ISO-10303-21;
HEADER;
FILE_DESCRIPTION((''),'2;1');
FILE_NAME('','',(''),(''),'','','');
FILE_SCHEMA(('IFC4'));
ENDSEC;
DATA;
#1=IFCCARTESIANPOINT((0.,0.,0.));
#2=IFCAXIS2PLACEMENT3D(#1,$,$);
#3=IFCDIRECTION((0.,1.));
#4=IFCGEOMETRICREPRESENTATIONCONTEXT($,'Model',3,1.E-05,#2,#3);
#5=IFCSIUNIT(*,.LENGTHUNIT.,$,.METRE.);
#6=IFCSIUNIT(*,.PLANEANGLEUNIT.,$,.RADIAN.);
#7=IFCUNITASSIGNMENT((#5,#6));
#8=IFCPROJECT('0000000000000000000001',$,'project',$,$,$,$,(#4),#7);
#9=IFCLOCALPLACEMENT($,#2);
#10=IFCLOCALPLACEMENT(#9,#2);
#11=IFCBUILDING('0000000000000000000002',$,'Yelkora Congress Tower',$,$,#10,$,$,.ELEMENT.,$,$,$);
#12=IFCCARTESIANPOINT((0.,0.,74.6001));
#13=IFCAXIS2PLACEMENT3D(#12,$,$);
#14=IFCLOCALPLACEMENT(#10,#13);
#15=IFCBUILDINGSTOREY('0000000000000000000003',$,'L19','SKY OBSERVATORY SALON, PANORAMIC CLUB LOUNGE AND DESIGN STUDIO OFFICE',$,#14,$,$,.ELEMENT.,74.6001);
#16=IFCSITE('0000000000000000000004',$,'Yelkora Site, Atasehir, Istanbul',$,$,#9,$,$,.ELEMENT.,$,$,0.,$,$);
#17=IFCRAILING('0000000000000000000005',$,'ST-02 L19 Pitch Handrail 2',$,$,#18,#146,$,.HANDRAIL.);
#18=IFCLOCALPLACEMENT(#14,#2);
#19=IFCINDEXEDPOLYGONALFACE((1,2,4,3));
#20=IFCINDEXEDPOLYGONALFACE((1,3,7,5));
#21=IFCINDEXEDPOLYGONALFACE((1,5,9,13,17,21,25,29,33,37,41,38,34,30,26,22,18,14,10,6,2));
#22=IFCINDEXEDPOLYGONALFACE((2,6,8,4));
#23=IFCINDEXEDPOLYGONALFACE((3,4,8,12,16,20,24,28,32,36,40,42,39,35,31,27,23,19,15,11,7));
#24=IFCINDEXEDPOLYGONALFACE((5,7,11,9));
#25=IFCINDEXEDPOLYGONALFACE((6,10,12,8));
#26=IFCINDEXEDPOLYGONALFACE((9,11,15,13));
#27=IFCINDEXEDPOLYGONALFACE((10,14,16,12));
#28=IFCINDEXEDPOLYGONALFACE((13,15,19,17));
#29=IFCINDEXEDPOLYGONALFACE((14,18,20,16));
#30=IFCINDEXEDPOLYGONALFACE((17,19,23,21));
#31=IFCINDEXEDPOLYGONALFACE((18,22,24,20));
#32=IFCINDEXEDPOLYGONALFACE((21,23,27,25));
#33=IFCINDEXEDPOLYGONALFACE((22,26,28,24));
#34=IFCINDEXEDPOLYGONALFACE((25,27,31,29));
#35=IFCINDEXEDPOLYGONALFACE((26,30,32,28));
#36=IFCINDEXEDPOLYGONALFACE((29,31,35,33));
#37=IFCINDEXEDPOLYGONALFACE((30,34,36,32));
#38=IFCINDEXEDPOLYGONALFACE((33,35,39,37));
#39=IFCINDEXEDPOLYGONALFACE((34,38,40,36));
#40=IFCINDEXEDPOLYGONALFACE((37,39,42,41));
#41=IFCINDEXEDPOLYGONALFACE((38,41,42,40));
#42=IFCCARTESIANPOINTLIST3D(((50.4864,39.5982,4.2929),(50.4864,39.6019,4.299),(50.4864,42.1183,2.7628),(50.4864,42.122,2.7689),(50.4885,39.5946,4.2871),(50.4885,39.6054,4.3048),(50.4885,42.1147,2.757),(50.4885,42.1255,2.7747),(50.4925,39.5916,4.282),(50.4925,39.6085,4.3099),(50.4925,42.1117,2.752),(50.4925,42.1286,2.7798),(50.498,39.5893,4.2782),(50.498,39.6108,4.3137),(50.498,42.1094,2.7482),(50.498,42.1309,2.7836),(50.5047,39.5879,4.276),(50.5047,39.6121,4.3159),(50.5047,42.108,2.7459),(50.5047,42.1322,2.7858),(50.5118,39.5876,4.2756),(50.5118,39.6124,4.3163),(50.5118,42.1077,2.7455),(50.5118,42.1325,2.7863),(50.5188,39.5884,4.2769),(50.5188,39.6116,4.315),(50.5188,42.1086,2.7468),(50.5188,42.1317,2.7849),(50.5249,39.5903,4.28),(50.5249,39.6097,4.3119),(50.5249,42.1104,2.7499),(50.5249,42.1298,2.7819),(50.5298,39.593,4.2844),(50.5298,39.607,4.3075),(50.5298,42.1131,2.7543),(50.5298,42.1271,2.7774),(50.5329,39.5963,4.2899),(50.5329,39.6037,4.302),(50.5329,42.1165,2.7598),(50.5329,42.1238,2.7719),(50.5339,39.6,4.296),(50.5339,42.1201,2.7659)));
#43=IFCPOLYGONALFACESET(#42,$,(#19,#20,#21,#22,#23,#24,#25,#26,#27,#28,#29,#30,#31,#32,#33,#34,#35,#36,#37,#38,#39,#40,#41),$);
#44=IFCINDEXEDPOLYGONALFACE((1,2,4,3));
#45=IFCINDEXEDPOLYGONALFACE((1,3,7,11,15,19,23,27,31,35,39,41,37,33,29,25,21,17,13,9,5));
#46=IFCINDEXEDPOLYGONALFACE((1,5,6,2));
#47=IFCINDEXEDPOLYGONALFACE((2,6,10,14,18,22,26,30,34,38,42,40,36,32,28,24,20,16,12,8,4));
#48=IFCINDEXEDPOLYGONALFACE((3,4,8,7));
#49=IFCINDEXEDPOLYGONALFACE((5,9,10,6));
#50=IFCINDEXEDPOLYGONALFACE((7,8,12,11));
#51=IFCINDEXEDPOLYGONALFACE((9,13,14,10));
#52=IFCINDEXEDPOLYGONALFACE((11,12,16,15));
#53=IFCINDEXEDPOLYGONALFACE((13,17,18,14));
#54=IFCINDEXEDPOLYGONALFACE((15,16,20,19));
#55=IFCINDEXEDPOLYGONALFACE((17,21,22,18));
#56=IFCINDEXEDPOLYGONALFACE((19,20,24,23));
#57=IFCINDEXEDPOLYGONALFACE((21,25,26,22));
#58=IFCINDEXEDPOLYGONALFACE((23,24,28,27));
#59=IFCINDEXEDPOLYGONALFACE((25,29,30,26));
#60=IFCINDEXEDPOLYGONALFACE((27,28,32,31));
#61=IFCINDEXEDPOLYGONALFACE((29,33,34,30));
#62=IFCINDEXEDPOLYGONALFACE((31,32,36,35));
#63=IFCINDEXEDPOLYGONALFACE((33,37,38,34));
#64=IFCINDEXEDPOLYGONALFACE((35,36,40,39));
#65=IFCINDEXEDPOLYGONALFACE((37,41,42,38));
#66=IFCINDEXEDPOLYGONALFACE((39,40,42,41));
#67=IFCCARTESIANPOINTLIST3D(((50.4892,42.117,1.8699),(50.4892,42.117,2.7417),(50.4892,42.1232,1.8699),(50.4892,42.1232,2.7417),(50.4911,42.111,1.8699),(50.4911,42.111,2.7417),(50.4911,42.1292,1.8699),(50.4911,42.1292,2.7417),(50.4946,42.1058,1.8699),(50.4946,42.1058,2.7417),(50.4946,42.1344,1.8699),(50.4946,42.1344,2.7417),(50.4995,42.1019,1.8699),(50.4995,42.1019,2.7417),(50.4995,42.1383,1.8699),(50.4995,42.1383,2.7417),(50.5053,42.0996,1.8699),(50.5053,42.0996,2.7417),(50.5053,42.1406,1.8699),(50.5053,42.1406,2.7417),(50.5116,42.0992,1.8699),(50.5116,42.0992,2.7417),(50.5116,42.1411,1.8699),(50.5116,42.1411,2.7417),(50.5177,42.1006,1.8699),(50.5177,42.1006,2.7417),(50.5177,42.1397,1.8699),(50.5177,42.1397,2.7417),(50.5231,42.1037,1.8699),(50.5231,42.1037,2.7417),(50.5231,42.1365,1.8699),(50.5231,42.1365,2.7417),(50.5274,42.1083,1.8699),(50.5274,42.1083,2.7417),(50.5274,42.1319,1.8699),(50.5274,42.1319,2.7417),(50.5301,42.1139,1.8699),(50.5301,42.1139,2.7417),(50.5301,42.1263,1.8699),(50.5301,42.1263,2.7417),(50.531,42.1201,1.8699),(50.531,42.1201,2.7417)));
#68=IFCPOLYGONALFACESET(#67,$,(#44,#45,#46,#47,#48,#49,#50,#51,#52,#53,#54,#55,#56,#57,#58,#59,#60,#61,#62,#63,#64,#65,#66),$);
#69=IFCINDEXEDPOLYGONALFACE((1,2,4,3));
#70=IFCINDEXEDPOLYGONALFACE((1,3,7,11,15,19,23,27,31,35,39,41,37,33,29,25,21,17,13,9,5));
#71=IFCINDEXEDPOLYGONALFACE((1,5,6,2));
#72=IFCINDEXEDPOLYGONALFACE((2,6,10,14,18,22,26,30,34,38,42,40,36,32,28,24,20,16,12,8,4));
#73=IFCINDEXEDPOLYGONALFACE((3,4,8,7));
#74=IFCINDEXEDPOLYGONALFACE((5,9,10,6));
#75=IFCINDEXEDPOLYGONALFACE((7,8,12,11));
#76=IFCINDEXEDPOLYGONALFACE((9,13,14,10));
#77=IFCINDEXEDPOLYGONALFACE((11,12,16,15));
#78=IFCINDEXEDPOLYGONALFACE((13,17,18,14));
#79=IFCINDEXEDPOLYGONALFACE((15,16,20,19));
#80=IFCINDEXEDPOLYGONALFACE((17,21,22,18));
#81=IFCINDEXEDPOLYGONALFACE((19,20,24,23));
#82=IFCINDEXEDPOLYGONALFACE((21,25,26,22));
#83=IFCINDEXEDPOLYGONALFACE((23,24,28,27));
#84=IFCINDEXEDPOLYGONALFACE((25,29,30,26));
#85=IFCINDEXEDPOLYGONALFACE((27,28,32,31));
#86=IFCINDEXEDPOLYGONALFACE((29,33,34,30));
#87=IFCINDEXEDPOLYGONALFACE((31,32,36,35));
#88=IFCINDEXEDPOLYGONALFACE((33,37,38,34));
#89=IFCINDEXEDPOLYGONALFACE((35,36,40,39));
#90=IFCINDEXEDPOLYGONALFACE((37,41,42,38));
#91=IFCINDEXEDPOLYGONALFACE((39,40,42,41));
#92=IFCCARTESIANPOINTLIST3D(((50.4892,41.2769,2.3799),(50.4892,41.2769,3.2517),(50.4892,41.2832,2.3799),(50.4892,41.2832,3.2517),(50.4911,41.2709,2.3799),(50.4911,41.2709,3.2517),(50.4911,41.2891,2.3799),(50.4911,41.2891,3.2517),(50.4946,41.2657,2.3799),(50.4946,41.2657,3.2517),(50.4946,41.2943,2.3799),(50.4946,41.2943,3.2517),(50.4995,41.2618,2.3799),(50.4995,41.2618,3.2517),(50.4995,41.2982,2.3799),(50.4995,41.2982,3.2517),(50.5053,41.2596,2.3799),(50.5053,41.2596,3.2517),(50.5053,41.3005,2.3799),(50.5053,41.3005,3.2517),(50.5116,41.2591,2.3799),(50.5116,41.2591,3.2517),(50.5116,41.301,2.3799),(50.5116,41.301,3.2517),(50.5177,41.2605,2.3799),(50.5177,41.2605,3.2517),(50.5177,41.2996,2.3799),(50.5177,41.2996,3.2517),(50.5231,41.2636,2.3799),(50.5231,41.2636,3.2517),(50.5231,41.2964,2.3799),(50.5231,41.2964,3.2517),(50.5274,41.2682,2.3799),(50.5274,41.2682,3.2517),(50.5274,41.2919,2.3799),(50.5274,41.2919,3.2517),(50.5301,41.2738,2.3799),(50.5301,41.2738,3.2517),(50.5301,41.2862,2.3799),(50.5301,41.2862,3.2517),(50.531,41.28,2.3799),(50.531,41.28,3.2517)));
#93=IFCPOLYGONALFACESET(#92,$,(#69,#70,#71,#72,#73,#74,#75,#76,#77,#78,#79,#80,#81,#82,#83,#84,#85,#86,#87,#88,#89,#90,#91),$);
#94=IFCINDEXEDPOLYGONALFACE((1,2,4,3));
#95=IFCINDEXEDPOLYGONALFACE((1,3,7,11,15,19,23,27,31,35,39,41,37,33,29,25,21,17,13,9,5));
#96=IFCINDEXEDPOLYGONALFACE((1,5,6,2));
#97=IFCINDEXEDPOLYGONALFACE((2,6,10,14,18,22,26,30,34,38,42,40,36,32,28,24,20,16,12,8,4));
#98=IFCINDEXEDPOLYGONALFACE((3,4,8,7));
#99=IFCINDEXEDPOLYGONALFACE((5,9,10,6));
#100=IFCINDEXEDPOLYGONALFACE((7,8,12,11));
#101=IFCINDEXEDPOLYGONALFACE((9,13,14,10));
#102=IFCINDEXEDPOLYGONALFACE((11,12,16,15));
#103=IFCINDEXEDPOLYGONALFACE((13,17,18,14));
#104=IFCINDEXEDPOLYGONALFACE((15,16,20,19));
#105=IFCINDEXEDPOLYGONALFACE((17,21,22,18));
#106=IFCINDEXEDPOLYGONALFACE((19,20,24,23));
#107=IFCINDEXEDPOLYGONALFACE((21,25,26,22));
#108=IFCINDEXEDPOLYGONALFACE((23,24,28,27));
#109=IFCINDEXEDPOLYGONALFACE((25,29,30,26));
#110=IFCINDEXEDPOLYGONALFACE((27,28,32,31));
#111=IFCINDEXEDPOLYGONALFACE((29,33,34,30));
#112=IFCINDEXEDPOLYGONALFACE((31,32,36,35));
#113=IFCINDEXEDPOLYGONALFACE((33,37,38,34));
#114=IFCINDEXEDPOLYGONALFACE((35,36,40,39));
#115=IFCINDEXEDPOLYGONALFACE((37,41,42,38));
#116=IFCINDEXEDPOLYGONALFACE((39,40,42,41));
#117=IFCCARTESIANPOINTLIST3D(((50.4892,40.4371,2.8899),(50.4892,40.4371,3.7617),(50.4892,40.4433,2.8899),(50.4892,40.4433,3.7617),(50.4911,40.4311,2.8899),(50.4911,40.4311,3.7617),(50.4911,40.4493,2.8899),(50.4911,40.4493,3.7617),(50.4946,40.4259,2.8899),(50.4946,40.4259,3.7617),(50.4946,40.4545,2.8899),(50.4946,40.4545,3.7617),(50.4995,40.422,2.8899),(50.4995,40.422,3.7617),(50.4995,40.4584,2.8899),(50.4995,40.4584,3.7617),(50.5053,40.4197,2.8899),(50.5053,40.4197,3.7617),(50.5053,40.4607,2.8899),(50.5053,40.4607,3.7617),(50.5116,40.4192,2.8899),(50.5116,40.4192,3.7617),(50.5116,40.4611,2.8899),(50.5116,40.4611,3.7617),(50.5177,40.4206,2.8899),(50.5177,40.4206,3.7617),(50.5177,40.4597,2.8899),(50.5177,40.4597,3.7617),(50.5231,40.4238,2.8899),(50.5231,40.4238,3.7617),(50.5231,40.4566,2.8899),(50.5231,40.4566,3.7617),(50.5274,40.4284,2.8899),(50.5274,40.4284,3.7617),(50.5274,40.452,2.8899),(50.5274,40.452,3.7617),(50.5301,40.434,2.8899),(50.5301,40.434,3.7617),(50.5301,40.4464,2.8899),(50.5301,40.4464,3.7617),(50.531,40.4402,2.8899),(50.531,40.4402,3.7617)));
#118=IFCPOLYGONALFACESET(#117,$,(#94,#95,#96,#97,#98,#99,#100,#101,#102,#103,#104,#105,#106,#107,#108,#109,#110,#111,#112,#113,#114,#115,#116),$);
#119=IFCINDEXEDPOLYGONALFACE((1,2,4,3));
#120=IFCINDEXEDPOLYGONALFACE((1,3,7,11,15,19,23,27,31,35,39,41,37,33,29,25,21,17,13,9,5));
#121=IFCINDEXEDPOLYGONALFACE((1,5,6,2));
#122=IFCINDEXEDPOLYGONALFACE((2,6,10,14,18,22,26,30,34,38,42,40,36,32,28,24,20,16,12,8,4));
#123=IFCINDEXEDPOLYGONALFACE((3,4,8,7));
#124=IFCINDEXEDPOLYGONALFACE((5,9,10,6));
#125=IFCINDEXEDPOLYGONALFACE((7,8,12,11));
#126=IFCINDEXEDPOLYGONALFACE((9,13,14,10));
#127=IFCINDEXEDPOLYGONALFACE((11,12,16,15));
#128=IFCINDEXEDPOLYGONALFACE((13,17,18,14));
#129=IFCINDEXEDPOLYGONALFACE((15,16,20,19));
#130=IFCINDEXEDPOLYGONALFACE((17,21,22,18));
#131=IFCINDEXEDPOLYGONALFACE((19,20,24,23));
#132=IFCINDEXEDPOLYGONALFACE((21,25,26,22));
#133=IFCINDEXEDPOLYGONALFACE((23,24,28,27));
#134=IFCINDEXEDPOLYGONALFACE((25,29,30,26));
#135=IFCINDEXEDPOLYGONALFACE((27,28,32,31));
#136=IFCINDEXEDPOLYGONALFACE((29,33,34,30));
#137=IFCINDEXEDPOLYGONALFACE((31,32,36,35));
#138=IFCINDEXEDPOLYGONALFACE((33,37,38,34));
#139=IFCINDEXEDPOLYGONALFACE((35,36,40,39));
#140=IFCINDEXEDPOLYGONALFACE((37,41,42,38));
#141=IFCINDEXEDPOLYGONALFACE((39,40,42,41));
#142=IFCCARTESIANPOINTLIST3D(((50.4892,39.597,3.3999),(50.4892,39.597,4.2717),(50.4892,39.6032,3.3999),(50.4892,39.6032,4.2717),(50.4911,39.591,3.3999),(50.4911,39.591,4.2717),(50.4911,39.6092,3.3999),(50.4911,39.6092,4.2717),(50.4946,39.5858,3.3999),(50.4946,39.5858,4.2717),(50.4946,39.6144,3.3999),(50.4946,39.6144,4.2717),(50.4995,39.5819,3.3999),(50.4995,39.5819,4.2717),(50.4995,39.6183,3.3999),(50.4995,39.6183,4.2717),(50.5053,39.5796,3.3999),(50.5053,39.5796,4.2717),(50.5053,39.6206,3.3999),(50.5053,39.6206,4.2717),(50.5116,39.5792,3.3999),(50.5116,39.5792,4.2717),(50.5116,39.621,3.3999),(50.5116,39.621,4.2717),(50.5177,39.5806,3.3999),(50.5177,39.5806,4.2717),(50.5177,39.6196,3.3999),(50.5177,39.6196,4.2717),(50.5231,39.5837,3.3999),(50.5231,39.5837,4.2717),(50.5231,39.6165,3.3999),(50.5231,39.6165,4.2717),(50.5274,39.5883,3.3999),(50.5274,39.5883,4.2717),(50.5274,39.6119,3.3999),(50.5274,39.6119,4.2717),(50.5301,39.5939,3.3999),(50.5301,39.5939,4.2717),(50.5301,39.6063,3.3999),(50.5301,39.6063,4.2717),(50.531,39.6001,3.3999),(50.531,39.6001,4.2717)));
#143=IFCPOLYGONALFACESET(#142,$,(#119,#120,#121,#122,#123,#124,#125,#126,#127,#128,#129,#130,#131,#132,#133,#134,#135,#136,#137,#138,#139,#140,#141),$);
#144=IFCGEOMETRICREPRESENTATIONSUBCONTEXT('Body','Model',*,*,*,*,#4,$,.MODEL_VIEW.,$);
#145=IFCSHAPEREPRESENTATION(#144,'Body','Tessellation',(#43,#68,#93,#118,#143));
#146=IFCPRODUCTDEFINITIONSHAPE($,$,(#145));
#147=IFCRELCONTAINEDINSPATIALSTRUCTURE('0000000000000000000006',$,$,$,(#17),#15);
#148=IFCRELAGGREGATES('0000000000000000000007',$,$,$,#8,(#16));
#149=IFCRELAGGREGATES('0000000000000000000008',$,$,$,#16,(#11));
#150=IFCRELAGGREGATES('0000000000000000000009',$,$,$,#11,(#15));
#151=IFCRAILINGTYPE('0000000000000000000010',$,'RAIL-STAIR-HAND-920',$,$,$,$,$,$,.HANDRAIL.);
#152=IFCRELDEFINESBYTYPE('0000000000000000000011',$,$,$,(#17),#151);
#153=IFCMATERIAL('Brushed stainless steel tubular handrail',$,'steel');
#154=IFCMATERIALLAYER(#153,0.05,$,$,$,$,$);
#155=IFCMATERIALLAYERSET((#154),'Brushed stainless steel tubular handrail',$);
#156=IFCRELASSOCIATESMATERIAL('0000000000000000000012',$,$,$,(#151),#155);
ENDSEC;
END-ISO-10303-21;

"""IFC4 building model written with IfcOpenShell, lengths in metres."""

from ifc_helpers import new_model, si_unit, direction, frame, origin, origin_2d, place, context, subcontext, project, spatial, circle, extrude, material, layer, layer_set, type_object, element, save


model = new_model("IFC4")

# Units and contexts
model_context = context("Model", 3, precision=1e-05, world=origin(), true_north=direction((0.0, 1.0)))
body_context = subcontext(model_context, "Body", "Model", "MODEL_VIEW")
ifc_project = project(units=[si_unit("LENGTHUNIT", "METRE"), si_unit("PLANEANGLEUNIT", "RADIAN")], contexts=[model_context])

# Site, building, storey
site_placement = place(None, origin())
site = spatial("IfcSite", under=ifc_project, at=site_placement, Name="Yelkora Site, Atasehir, Istanbul", CompositionType="ELEMENT", RefElevation=0.0)
building_placement = place(site_placement, origin())
building = spatial("IfcBuilding", under=site, at=building_placement, Name="Yelkora Congress Tower", CompositionType="ELEMENT")
storey_placement = place(building_placement, frame((0.0, 0.0, 74.6001)))
storey = spatial("IfcBuildingStorey", under=building, at=storey_placement, Name="L19", Description="SKY OBSERVATORY SALON, PANORAMIC CLUB LOUNGE AND DESIGN STUDIO OFFICE", CompositionType="ELEMENT", Elevation=74.6001)

# Railing
ifc_material_1 = material(Name="Brushed stainless steel tubular handrail", Category="steel")
ifc_layer_1 = layer(ifc_material_1, 0.05)
ifc_layer_set_1 = layer_set([ifc_layer_1], Name="Brushed stainless steel tubular handrail")
railing_type_1 = type_object("IfcRailingType", Name="RAIL-STAIR-HAND-920", PredefinedType="HANDRAIL", material=ifc_layer_set_1)
railing_1_placement = place(storey_placement, frame((50.51, 42.1201, 1.8699)))
element("IfcRailing", 1, at=railing_1_placement, inside=storey, type_object=railing_type_1, Name="ST-02 L19 Pitch Handrail 2", PredefinedType="HANDRAIL", context=body_context, shape_type="SweptSolid", body=[
    extrude(circle(Radius=0.0239, at=origin_2d()), frame((0.0, 0.0, 0.896), z_axis=(0.0, -0.854785, 0.518982), x_axis=(1.0, 0.0, 0.0)), (0.0, 0.0, 1.0), 2.9482),
    extrude(circle(Radius=0.021, at=origin_2d()), origin(), (0.0, 0.0, 1.0), 0.8718),
    extrude(circle(Radius=0.021, at=origin_2d()), frame((0.0, -0.8401, 0.51)), (0.0, 0.0, 1.0), 0.8718),
    extrude(circle(Radius=0.021, at=origin_2d()), frame((0.0, -1.6799, 1.02)), (0.0, 0.0, 1.0), 0.8718),
    extrude(circle(Radius=0.021, at=origin_2d()), frame((0.0, -2.52, 1.53)), (0.0, 0.0, 1.0), 0.8718),
])

save(model, "model.ifc")
